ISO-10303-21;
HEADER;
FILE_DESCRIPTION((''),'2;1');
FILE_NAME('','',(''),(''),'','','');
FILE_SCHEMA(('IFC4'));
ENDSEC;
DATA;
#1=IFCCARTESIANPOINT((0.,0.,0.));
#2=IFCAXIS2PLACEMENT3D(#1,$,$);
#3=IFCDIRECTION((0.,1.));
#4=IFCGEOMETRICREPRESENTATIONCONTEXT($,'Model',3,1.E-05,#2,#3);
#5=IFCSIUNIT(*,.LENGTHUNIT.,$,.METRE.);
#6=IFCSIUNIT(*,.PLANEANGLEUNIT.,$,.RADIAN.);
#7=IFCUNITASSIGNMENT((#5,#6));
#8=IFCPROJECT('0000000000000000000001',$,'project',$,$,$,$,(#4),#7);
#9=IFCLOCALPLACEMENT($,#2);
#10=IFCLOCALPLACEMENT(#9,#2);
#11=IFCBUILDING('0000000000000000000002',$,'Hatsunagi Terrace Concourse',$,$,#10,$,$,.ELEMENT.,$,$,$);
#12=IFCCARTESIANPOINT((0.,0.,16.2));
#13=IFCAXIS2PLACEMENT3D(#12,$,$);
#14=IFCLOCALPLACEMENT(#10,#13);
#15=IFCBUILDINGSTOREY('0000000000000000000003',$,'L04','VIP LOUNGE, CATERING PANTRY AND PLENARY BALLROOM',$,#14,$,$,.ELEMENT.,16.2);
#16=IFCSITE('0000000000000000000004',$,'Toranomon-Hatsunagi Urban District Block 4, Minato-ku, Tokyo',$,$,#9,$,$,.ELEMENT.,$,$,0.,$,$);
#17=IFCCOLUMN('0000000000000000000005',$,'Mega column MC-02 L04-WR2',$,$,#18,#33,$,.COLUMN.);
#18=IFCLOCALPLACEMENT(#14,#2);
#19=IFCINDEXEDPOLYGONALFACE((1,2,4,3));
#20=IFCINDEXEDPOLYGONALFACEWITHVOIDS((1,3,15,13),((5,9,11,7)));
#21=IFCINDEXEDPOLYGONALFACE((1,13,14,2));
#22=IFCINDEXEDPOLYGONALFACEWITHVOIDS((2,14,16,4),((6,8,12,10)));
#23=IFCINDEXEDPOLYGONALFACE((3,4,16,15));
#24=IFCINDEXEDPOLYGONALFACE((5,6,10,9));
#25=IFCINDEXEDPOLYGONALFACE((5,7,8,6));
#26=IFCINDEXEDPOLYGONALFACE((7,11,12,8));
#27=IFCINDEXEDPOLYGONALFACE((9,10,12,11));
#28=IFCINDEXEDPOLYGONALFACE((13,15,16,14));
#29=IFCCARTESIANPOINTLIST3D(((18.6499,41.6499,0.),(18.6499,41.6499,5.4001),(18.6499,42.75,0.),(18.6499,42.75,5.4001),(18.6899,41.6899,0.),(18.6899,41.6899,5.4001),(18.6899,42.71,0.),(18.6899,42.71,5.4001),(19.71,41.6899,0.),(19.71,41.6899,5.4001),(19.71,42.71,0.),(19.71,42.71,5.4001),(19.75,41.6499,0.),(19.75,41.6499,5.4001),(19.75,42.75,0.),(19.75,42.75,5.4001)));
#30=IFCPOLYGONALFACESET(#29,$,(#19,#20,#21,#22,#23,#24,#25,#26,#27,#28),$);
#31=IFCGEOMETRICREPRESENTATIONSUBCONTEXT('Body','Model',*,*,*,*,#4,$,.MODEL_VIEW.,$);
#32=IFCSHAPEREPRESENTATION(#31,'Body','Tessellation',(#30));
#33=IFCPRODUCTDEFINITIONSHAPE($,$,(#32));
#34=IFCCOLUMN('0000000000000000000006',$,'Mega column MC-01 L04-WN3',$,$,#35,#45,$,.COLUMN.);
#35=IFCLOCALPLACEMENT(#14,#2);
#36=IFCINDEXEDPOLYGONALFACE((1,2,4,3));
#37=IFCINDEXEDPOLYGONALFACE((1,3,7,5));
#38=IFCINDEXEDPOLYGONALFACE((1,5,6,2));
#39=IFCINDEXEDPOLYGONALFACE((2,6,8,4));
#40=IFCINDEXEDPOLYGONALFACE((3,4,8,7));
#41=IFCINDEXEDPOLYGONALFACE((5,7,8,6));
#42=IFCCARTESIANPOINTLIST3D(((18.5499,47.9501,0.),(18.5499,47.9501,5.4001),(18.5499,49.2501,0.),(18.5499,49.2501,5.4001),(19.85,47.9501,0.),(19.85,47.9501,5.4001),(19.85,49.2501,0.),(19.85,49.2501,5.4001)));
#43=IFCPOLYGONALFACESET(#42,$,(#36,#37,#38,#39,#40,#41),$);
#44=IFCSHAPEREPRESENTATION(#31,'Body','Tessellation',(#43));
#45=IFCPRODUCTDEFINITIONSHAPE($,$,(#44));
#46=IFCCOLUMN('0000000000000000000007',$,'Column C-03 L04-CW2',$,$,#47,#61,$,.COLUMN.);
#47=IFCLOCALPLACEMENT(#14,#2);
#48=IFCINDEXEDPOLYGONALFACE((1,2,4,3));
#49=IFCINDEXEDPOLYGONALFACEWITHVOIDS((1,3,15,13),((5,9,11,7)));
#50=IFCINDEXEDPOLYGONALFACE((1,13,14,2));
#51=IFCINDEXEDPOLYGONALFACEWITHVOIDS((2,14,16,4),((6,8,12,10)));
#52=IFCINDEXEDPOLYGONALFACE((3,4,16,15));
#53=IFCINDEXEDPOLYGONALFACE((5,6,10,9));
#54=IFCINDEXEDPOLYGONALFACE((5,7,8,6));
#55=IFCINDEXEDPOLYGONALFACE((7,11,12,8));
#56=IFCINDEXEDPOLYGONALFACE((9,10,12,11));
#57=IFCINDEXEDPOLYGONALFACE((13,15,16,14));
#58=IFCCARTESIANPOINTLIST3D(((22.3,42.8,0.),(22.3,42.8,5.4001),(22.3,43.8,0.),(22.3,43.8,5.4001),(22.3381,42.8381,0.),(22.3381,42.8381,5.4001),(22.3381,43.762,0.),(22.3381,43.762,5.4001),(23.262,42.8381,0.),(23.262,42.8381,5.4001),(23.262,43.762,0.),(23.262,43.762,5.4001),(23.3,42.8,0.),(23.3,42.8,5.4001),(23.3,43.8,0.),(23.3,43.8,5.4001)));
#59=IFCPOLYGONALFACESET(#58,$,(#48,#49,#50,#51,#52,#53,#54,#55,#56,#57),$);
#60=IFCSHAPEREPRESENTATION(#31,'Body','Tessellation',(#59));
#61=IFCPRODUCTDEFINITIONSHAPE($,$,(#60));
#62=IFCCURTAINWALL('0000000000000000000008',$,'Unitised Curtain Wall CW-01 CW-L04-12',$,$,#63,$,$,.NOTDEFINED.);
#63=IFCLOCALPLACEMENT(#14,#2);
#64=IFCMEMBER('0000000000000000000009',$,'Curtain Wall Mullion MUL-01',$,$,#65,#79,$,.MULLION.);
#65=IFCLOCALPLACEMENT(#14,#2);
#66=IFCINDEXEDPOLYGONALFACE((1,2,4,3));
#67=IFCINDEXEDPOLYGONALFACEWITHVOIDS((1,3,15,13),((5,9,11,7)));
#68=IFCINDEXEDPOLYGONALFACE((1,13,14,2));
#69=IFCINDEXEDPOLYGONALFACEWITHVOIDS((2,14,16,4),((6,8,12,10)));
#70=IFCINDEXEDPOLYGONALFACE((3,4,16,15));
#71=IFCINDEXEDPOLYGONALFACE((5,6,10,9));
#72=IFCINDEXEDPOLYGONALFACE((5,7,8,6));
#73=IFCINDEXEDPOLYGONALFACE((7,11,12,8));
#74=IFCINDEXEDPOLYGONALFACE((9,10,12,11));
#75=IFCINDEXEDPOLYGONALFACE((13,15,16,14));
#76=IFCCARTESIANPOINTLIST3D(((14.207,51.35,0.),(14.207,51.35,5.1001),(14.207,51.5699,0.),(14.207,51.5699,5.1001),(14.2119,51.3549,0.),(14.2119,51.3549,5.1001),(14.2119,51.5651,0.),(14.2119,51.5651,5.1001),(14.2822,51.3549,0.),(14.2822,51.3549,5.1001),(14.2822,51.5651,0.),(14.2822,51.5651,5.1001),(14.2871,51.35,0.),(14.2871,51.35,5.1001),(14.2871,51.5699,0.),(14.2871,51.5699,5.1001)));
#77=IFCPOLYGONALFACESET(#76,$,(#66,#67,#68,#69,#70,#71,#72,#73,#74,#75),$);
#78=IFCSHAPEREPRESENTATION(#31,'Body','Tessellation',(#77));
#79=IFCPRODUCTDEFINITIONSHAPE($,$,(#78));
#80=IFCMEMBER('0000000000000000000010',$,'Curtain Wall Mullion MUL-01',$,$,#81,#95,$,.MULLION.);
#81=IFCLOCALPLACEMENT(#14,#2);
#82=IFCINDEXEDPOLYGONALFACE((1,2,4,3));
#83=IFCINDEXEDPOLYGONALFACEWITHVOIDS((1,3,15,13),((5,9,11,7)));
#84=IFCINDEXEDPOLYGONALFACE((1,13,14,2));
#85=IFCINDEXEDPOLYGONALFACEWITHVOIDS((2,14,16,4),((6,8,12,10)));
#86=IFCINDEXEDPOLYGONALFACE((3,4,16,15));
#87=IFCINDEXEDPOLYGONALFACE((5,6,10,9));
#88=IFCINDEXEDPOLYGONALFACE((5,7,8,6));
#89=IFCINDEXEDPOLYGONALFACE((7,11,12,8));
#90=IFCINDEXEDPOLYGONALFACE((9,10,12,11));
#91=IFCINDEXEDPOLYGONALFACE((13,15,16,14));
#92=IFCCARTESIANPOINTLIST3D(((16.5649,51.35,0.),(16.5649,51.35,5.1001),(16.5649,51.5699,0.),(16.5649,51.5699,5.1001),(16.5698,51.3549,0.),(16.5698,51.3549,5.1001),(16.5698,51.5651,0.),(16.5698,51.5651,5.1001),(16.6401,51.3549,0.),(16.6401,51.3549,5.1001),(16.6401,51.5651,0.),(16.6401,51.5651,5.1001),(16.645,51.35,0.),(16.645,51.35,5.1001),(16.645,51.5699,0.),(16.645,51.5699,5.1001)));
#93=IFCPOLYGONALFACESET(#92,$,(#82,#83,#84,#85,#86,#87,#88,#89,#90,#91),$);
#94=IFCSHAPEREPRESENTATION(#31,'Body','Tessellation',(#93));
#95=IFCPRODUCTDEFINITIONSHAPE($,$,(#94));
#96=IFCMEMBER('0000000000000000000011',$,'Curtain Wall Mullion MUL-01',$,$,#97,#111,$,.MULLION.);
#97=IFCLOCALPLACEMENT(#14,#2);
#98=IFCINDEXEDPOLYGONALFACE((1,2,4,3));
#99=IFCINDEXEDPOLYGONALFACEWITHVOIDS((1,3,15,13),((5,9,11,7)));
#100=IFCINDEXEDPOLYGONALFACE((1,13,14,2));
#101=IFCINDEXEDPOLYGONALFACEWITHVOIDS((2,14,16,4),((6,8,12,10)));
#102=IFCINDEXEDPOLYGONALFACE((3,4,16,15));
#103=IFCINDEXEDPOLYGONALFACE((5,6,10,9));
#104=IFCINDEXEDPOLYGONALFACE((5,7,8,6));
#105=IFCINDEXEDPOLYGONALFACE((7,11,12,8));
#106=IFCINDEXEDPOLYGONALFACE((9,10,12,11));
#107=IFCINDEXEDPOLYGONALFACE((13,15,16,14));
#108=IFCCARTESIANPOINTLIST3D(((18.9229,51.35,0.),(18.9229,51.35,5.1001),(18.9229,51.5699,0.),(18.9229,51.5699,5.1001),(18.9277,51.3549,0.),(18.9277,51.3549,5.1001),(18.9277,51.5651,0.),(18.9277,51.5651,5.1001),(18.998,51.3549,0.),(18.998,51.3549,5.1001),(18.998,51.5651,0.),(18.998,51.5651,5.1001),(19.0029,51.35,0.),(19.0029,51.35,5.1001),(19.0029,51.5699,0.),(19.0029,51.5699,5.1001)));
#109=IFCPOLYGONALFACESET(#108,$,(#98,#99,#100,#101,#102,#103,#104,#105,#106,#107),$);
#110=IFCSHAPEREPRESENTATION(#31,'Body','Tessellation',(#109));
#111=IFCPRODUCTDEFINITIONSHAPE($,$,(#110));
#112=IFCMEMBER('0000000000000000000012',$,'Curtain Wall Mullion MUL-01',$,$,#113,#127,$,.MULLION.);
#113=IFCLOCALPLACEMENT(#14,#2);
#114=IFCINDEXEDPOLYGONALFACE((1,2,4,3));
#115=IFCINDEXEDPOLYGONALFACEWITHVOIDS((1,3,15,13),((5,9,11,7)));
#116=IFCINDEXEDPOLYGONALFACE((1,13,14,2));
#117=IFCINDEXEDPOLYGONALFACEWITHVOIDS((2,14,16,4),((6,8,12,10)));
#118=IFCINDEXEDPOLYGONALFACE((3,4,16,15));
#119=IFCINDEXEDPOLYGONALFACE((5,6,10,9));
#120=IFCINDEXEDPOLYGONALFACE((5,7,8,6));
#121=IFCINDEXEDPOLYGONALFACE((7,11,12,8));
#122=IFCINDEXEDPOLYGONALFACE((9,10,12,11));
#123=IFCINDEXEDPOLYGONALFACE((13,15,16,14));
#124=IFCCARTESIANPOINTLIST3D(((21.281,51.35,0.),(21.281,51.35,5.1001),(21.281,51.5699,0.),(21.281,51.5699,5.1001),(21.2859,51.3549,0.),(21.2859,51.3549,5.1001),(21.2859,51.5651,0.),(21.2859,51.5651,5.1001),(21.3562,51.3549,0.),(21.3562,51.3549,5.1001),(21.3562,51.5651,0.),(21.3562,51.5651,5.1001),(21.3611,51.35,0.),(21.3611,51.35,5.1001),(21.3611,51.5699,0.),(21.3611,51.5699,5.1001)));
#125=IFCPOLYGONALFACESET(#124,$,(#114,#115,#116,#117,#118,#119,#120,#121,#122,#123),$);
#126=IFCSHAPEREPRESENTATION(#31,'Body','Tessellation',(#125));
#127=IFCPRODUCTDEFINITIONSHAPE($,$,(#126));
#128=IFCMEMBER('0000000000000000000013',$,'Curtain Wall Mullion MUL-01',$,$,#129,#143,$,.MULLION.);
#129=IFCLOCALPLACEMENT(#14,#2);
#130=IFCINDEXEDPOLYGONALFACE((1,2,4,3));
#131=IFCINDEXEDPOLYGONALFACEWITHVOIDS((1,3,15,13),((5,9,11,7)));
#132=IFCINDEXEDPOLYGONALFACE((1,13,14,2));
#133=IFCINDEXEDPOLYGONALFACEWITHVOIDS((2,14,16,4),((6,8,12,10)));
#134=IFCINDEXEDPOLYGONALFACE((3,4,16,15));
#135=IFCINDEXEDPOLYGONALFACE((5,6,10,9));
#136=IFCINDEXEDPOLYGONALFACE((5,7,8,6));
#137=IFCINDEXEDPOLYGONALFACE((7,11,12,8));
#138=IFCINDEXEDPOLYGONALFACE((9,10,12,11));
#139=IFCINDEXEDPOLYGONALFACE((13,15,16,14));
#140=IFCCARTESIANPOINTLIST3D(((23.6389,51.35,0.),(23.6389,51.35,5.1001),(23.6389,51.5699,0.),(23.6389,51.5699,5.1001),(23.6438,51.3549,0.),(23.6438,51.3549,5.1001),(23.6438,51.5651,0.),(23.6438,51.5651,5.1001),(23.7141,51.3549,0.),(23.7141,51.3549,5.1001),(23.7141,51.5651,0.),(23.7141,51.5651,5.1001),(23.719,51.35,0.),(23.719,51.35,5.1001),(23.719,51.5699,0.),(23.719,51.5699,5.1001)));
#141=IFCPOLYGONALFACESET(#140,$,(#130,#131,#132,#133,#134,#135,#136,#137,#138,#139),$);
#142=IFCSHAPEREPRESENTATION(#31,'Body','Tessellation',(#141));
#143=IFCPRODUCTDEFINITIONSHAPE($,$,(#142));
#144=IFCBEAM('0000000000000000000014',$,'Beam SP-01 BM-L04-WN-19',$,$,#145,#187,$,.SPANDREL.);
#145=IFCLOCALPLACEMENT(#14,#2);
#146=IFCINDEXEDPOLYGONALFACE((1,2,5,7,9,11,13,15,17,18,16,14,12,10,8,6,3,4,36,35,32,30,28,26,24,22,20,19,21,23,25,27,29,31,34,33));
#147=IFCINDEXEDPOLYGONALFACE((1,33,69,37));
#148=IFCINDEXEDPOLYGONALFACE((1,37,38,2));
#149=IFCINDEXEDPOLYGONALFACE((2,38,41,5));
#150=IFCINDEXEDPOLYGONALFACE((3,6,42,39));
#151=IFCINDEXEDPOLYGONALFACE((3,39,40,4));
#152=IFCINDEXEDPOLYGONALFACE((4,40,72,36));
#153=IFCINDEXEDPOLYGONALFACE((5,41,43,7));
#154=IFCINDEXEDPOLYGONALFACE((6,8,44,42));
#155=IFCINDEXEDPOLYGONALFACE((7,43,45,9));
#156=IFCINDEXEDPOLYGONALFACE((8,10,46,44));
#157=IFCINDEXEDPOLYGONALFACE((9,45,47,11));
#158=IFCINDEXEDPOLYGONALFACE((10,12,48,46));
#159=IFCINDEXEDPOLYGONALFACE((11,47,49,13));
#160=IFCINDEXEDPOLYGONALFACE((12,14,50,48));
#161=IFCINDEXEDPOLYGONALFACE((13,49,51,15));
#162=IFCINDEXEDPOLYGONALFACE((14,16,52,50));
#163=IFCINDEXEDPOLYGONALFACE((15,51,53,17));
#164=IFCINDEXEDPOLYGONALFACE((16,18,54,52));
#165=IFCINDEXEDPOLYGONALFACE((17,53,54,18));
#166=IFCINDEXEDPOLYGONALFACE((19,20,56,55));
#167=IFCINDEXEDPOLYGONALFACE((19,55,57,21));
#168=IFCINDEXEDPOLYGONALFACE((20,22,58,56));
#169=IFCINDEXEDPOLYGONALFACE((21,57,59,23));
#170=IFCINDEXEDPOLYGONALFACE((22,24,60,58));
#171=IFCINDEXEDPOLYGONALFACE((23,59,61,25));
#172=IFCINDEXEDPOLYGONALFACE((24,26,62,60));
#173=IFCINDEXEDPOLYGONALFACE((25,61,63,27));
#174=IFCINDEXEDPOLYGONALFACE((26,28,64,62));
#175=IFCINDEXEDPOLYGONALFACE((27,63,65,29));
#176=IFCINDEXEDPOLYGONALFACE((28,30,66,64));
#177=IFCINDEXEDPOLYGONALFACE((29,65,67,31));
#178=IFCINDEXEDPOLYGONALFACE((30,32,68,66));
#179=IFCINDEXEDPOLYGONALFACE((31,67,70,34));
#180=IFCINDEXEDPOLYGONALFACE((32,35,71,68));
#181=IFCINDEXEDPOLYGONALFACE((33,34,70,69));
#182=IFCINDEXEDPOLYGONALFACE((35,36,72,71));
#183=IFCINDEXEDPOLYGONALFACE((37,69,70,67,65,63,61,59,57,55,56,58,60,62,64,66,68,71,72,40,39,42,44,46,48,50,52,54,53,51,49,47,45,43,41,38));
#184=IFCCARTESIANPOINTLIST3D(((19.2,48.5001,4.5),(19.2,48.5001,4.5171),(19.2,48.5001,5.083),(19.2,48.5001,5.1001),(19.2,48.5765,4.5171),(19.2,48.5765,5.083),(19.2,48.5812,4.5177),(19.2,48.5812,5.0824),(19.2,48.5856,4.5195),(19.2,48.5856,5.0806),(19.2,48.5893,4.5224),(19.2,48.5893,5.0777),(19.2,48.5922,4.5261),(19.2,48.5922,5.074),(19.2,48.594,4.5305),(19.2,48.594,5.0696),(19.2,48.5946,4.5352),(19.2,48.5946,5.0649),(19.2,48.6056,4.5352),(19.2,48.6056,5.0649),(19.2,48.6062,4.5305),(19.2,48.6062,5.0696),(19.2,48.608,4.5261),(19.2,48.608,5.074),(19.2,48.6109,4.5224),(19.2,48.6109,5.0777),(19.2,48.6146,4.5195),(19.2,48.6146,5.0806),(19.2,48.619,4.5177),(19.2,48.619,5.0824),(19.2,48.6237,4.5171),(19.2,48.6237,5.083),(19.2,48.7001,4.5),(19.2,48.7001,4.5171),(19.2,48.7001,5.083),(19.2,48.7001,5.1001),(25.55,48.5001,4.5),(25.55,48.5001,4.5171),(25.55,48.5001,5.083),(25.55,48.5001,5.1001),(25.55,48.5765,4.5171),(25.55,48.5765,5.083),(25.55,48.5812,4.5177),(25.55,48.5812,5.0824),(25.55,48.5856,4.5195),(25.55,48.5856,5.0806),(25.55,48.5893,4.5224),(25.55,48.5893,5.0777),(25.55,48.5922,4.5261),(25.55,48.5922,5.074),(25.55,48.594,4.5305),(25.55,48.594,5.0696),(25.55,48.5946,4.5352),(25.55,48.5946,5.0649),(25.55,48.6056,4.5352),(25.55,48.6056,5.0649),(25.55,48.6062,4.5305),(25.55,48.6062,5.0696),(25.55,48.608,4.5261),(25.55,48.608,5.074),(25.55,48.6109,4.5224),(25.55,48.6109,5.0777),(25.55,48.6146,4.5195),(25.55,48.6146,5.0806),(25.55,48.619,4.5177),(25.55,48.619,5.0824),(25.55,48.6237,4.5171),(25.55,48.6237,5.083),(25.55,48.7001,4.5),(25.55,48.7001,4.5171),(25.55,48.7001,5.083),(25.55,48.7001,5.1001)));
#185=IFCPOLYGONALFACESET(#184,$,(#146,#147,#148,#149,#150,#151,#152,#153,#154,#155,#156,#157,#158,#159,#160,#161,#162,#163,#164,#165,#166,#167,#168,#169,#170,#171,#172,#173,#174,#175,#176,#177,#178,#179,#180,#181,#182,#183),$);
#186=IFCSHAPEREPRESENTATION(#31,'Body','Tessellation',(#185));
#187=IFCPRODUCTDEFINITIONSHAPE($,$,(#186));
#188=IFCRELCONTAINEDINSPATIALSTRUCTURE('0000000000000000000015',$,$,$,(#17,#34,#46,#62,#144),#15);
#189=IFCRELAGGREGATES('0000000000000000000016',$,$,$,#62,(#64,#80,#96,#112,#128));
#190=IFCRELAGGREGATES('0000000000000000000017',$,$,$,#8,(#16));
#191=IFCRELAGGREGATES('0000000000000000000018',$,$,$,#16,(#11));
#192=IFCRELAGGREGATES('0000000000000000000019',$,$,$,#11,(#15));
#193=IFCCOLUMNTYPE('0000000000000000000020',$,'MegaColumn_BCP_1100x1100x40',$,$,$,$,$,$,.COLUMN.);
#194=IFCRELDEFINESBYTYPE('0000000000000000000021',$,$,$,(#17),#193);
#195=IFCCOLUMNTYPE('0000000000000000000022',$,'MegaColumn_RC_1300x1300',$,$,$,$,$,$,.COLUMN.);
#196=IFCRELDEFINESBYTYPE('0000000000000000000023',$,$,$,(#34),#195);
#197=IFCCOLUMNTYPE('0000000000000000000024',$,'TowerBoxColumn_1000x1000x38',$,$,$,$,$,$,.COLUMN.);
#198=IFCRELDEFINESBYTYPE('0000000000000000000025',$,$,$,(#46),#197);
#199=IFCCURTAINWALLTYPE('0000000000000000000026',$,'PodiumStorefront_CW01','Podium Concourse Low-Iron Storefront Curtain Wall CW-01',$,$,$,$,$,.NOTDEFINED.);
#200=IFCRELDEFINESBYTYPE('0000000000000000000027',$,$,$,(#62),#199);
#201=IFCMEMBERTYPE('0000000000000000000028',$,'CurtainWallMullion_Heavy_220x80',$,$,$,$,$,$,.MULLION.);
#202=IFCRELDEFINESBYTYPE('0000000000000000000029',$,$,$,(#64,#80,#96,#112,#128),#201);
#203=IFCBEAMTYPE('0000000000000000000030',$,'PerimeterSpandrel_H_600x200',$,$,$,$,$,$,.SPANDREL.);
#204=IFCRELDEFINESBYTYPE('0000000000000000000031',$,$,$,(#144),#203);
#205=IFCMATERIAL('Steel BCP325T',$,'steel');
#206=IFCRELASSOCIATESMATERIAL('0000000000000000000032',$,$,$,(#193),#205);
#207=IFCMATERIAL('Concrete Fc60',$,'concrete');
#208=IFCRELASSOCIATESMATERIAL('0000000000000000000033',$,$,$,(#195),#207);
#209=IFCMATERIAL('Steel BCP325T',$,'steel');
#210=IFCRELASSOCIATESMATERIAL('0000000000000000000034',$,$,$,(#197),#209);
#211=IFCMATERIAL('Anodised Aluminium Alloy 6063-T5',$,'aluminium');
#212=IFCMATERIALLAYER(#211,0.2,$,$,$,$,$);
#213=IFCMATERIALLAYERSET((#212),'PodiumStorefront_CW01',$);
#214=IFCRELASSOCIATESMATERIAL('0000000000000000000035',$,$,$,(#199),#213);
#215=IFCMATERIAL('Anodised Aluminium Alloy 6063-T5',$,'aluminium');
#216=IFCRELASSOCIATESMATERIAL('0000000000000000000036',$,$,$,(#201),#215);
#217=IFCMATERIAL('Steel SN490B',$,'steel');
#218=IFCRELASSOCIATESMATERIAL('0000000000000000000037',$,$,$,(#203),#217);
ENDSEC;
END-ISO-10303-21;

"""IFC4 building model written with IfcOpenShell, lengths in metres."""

from ifc_helpers import new_model, si_unit, direction, frame, origin, origin_2d, place, context, subcontext, project, spatial, rectangle, hollow_rectangle, i_section, extrude, material, layer, layer_set, material_profile, profile_set, type_object, element, aggregate, save


model = new_model("IFC4")

# Units and contexts
model_context = context("Model", 3, precision=1e-05, world=origin(), true_north=direction((0.0, 1.0)))
body_context = subcontext(model_context, "Body", "Model", "MODEL_VIEW")
ifc_project = project(units=[si_unit("LENGTHUNIT", "METRE"), si_unit("PLANEANGLEUNIT", "RADIAN")], contexts=[model_context])

# Site, building, storey
site_placement = place(None, origin())
site = spatial("IfcSite", under=ifc_project, at=site_placement, Name="Toranomon-Hatsunagi Urban District Block 4, Minato-ku, Tokyo", CompositionType="ELEMENT", RefElevation=0.0)
building_placement = place(site_placement, origin())
building = spatial("IfcBuilding", under=site, at=building_placement, Name="Hatsunagi Terrace Concourse", CompositionType="ELEMENT")
storey_placement = place(building_placement, frame((0.0, 0.0, 16.2)))
storey = spatial("IfcBuildingStorey", under=building, at=storey_placement, Name="L04", Description="VIP LOUNGE, CATERING PANTRY AND PLENARY BALLROOM", CompositionType="ELEMENT", Elevation=16.2)

# Columns
ifc_material_1 = material(Name="Steel BCP325T", Category="steel")
ifc_material_profile_1 = material_profile(ifc_material_1, hollow_rectangle(XDim=1.1001, YDim=1.1001, WallThickness=0.04, at=origin_2d()), Name="BCP-1100x1100x40")
ifc_profile_set_1 = profile_set([ifc_material_profile_1], Name="Steel BCP325T")
column_type_1 = type_object("IfcColumnType", Name="MegaColumn_BCP_1100x1100x40", PredefinedType="COLUMN", material=ifc_profile_set_1)
column_1_placement = place(storey_placement, frame((19.2, 42.2, 0.0), z_axis=(0.0, 0.0, 1.0), x_axis=(1.0, 0.0, 0.0)))
element("IfcColumn", 1, at=column_1_placement, inside=storey, type_object=column_type_1, Name="Mega column MC-02 L04-WR2", PredefinedType="COLUMN", context=body_context, shape_type="SweptSolid", body=[
    extrude(hollow_rectangle(XDim=1.1001, YDim=1.1001, WallThickness=0.04, at=origin_2d()), origin(), (0.0, 0.0, 1.0), 5.4001),
])
ifc_material_2 = material(Name="Concrete Fc60", Category="concrete")
ifc_material_profile_2 = material_profile(ifc_material_2, rectangle(XDim=1.3, YDim=1.3, at=origin_2d()), Name="RC-1300x1300")
ifc_profile_set_2 = profile_set([ifc_material_profile_2], Name="Concrete Fc60")
column_type_2 = type_object("IfcColumnType", Name="MegaColumn_RC_1300x1300", PredefinedType="COLUMN", material=ifc_profile_set_2)
column_2_placement = place(storey_placement, frame((19.2, 48.6001, 0.0), z_axis=(0.0, 0.0, 1.0), x_axis=(1.0, 0.0, 0.0)))
element("IfcColumn", 2, at=column_2_placement, inside=storey, type_object=column_type_2, Name="Mega column MC-01 L04-WN3", PredefinedType="COLUMN", context=body_context, shape_type="SweptSolid", body=[
    extrude(rectangle(XDim=1.3, YDim=1.3, at=origin_2d()), origin(), (0.0, 0.0, 1.0), 5.4001),
])
ifc_material_3 = material(Name="Steel BCP325T", Category="steel")
ifc_material_profile_3 = material_profile(ifc_material_3, hollow_rectangle(XDim=1.0, YDim=1.0, WallThickness=0.0381, at=origin_2d()), Name="BCP-1000x1000x38")
ifc_profile_set_3 = profile_set([ifc_material_profile_3], Name="Steel BCP325T")
column_type_3 = type_object("IfcColumnType", Name="TowerBoxColumn_1000x1000x38", PredefinedType="COLUMN", material=ifc_profile_set_3)
column_3_placement = place(storey_placement, frame((22.8, 43.3, 0.0), z_axis=(0.0, 0.0, 1.0), x_axis=(1.0, 0.0, 0.0)))
element("IfcColumn", 3, at=column_3_placement, inside=storey, type_object=column_type_3, Name="Column C-03 L04-CW2", PredefinedType="COLUMN", context=body_context, shape_type="SweptSolid", body=[
    extrude(hollow_rectangle(XDim=1.0, YDim=1.0, WallThickness=0.0381, at=origin_2d()), origin(), (0.0, 0.0, 1.0), 5.4001),
])

# Curtain wall, members
ifc_material_4 = material(Name="Anodised Aluminium Alloy 6063-T5", Category="aluminium")
ifc_layer_1 = layer(ifc_material_4, 0.2)
ifc_layer_set_1 = layer_set([ifc_layer_1], Name="PodiumStorefront_CW01")
curtain_wall_type = type_object("IfcCurtainWallType", Name="PodiumStorefront_CW01", Description="Podium Concourse Low-Iron Storefront Curtain Wall CW-01", PredefinedType="NOTDEFINED", material=ifc_layer_set_1)
curtain_wall_placement = place(storey_placement, origin())
curtain_wall = element("IfcCurtainWall", 4, at=curtain_wall_placement, inside=storey, type_object=curtain_wall_type, Name="Unitised Curtain Wall CW-01 CW-L04-12", PredefinedType="NOTDEFINED")
ifc_material_5 = material(Name="Anodised Aluminium Alloy 6063-T5", Category="aluminium")
ifc_material_profile_4 = material_profile(ifc_material_5, hollow_rectangle(XDim=0.0801, YDim=0.22, WallThickness=0.0049, at=origin_2d()), Name="ALU-MUL-220x80x5")
ifc_profile_set_4 = profile_set([ifc_material_profile_4], Name="Anodised Aluminium Alloy 6063-T5")
member_type = type_object("IfcMemberType", Name="CurtainWallMullion_Heavy_220x80", PredefinedType="MULLION", material=ifc_profile_set_4)
member_1_placement = place(storey_placement, frame((14.2471, 51.46, 0.0), z_axis=(0.0, 0.0, 1.0), x_axis=(1.0, 0.0, 0.0)))
member_1 = element("IfcMember", 5, at=member_1_placement, type_object=member_type, Name="Curtain Wall Mullion MUL-01", PredefinedType="MULLION", context=body_context, shape_type="SweptSolid", body=[
    extrude(hollow_rectangle(XDim=0.0801, YDim=0.22, WallThickness=0.0049, at=origin_2d()), origin(), (0.0, 0.0, 1.0), 5.1001),
])
member_2_placement = place(storey_placement, frame((16.605, 51.46, 0.0), z_axis=(0.0, 0.0, 1.0), x_axis=(1.0, 0.0, 0.0)))
member_2 = element("IfcMember", 6, at=member_2_placement, type_object=member_type, Name="Curtain Wall Mullion MUL-01", PredefinedType="MULLION", context=body_context, shape_type="SweptSolid", body=[
    extrude(hollow_rectangle(XDim=0.0801, YDim=0.22, WallThickness=0.0049, at=origin_2d()), origin(), (0.0, 0.0, 1.0), 5.1001),
])
member_3_placement = place(storey_placement, frame((18.9629, 51.46, 0.0), z_axis=(0.0, 0.0, 1.0), x_axis=(1.0, 0.0, 0.0)))
member_3 = element("IfcMember", 7, at=member_3_placement, type_object=member_type, Name="Curtain Wall Mullion MUL-01", PredefinedType="MULLION", context=body_context, shape_type="SweptSolid", body=[
    extrude(hollow_rectangle(XDim=0.0801, YDim=0.22, WallThickness=0.0049, at=origin_2d()), origin(), (0.0, 0.0, 1.0), 5.1001),
])
member_4_placement = place(storey_placement, frame((21.321, 51.46, 0.0), z_axis=(0.0, 0.0, 1.0), x_axis=(1.0, 0.0, 0.0)))
member_4 = element("IfcMember", 8, at=member_4_placement, type_object=member_type, Name="Curtain Wall Mullion MUL-01", PredefinedType="MULLION", context=body_context, shape_type="SweptSolid", body=[
    extrude(hollow_rectangle(XDim=0.0801, YDim=0.22, WallThickness=0.0049, at=origin_2d()), origin(), (0.0, 0.0, 1.0), 5.1001),
])
member_5_placement = place(storey_placement, frame((23.679, 51.46, 0.0), z_axis=(0.0, 0.0, 1.0), x_axis=(1.0, 0.0, 0.0)))
member_5 = element("IfcMember", 9, at=member_5_placement, type_object=member_type, Name="Curtain Wall Mullion MUL-01", PredefinedType="MULLION", context=body_context, shape_type="SweptSolid", body=[
    extrude(hollow_rectangle(XDim=0.0801, YDim=0.22, WallThickness=0.0049, at=origin_2d()), origin(), (0.0, 0.0, 1.0), 5.1001),
])

# Beam
ifc_material_6 = material(Name="Steel SN490B", Category="steel")
ifc_material_profile_5 = material_profile(ifc_material_6, i_section(OverallWidth=0.2, OverallDepth=0.6001, WebThickness=0.011, FlangeThickness=0.0171, FilletRadius=0.0181, at=origin_2d()), Name="H-600x200x11x17")
ifc_profile_set_5 = profile_set([ifc_material_profile_5], Name="Steel SN490B")
beam_type_1 = type_object("IfcBeamType", Name="PerimeterSpandrel_H_600x200", PredefinedType="SPANDREL", material=ifc_profile_set_5)
beam_1_placement = place(storey_placement, frame((19.2, 48.6001, 4.8), z_axis=(1.0, 0.0, 0.0), x_axis=(0.0, 1.0, 0.0)))
element("IfcBeam", 10, at=beam_1_placement, inside=storey, type_object=beam_type_1, Name="Beam SP-01 BM-L04-WN-19", PredefinedType="SPANDREL", context=body_context, shape_type="SweptSolid", body=[
    extrude(i_section(OverallWidth=0.2, OverallDepth=0.6001, WebThickness=0.011, FlangeThickness=0.0171, FilletRadius=0.0181, at=origin_2d()), origin(), (0.0, 0.0, 1.0), 6.3501),
])

aggregate(curtain_wall, [member_1, member_2, member_3, member_4, member_5])

save(model, "model.ifc")
